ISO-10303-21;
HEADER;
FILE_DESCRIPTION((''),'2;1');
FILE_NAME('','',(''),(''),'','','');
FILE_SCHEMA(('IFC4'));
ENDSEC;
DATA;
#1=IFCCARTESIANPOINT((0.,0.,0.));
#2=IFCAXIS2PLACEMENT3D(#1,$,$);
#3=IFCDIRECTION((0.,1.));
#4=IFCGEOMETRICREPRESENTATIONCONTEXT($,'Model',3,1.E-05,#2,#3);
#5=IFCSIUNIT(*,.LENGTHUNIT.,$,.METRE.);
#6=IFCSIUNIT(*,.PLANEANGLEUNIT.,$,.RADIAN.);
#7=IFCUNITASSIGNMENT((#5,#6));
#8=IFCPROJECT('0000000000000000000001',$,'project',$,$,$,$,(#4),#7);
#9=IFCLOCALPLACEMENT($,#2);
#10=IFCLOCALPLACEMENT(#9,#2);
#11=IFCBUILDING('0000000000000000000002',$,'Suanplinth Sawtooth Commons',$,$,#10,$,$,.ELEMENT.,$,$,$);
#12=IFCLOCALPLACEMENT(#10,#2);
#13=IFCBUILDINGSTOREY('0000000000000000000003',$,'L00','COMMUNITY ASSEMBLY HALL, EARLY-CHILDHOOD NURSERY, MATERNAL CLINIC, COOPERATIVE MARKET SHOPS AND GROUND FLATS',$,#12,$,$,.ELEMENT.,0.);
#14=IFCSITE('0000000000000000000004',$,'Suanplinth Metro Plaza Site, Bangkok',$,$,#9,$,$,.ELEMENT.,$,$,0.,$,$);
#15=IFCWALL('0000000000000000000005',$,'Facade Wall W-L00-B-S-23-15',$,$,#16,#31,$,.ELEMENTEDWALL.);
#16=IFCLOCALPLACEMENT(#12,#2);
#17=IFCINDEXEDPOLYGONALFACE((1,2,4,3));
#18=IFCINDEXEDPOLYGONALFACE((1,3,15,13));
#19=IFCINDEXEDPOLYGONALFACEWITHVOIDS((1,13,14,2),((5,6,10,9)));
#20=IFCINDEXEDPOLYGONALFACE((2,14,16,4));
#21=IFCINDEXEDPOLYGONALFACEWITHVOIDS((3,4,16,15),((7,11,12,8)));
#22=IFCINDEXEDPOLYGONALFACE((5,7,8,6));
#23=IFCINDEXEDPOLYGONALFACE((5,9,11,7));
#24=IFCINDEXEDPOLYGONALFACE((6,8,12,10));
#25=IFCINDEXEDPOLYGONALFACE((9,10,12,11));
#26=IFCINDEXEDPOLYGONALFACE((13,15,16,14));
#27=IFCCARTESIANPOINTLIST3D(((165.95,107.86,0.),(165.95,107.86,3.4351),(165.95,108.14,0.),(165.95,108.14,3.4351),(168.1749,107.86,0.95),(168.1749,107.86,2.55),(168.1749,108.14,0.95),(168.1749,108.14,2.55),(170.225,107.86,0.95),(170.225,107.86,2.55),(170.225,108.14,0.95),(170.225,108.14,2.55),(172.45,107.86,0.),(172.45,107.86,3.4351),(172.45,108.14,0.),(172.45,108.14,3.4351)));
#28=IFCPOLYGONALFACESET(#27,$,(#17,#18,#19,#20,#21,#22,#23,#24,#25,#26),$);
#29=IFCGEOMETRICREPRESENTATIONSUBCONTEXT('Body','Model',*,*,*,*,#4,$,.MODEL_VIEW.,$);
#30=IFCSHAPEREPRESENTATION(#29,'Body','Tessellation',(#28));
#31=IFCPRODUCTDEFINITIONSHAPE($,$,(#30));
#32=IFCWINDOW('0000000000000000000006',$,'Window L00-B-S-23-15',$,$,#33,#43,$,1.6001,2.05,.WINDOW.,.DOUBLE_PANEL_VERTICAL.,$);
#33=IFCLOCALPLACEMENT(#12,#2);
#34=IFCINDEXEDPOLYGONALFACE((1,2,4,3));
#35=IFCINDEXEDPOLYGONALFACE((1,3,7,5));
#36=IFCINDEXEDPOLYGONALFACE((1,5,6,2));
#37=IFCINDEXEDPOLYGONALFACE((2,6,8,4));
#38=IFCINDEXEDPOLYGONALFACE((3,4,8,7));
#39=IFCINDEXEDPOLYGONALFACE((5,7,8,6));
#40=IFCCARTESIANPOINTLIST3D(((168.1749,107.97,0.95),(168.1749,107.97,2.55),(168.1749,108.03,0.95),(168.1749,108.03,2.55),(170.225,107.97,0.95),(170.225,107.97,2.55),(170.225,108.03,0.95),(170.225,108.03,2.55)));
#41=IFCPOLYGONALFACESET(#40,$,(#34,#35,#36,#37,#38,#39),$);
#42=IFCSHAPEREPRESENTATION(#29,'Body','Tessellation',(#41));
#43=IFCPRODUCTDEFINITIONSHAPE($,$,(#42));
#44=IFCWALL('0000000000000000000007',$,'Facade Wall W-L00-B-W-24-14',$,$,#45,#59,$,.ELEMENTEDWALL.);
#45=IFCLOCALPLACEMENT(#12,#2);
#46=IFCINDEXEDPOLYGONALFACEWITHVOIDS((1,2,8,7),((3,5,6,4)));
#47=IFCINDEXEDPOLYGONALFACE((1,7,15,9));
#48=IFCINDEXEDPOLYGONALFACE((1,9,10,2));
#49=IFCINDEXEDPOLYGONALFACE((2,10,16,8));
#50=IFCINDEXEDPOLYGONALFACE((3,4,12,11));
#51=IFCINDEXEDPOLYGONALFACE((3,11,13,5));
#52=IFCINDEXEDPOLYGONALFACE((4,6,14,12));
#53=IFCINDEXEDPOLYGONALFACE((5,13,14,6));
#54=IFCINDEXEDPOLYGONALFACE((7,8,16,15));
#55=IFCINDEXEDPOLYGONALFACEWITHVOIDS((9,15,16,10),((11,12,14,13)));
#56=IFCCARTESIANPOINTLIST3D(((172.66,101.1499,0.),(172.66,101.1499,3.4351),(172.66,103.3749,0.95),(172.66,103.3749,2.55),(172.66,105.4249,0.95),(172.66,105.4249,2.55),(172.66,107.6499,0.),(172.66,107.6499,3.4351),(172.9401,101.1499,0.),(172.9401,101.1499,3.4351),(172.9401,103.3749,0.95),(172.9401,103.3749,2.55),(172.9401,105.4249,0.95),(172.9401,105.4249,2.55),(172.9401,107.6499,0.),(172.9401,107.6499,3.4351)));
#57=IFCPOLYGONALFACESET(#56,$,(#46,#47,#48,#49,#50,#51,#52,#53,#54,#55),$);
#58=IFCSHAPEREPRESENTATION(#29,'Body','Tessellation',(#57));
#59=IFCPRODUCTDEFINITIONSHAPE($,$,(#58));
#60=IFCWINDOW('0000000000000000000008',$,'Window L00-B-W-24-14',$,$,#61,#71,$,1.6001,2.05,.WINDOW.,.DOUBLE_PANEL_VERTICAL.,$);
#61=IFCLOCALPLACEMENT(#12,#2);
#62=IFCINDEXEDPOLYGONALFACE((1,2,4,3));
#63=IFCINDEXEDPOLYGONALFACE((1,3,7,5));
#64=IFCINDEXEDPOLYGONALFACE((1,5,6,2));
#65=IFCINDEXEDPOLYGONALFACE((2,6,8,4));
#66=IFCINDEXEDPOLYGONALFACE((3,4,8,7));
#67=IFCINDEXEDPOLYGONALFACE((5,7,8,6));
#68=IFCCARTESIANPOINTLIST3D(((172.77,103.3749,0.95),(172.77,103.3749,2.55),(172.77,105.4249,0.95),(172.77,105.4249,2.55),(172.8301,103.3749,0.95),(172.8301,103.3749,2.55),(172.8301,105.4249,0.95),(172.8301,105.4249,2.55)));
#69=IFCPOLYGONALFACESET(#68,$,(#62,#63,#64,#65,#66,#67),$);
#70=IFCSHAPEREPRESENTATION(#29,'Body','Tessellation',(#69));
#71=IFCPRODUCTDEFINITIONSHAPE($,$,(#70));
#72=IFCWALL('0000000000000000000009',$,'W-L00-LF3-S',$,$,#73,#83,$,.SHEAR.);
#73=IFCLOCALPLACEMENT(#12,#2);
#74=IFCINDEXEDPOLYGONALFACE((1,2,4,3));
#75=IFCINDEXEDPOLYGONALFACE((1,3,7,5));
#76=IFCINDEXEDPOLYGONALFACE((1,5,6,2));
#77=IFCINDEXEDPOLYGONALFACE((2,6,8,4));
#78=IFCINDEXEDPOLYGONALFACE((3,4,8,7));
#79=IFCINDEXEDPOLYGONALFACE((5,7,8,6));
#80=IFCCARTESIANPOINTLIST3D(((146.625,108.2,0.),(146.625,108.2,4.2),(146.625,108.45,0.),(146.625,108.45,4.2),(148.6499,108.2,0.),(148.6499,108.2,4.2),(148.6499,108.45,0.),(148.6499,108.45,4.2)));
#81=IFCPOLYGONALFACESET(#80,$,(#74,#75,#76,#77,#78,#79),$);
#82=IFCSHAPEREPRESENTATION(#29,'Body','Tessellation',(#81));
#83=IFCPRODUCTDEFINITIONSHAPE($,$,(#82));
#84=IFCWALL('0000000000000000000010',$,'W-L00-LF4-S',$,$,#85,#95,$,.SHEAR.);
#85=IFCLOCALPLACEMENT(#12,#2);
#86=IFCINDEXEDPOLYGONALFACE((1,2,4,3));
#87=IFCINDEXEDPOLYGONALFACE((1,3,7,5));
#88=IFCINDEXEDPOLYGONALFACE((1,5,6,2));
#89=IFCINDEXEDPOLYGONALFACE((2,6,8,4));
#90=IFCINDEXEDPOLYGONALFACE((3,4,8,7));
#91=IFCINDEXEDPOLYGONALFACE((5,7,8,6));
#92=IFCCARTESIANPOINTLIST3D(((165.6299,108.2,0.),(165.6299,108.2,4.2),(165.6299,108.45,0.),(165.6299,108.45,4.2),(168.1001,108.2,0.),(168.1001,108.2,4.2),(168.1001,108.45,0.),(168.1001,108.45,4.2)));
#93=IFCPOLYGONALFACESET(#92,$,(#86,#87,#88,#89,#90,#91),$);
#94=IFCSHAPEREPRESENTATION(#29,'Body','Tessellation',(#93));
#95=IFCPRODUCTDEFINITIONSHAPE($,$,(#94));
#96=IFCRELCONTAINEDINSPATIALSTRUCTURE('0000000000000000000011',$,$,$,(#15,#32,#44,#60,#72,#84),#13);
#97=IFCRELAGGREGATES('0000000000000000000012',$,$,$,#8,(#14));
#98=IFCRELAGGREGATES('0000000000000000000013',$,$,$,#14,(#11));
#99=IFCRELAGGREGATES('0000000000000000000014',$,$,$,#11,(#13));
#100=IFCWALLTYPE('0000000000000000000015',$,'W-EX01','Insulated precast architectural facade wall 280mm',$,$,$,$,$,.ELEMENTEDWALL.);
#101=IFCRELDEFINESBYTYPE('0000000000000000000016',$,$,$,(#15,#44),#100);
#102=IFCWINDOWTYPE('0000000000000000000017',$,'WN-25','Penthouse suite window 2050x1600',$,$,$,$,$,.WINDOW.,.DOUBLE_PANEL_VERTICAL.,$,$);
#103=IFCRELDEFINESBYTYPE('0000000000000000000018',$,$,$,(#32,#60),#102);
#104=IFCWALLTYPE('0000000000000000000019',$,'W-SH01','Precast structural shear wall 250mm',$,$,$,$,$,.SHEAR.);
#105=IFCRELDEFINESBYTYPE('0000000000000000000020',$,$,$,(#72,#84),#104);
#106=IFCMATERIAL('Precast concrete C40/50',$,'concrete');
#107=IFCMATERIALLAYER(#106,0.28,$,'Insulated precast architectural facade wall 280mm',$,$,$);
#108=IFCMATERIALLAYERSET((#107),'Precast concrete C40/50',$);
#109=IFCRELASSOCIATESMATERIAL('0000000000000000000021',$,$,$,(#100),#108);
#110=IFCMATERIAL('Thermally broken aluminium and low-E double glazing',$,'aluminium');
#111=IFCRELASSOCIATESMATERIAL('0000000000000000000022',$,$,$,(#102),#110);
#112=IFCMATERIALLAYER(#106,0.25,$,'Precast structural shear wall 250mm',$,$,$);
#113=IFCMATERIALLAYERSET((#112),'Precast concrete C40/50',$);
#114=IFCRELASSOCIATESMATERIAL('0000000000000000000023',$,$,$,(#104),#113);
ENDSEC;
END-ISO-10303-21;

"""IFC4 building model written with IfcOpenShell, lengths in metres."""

from ifc_helpers import new_model, si_unit, direction, frame, frame_2d, origin, place, context, subcontext, project, spatial, rectangle, extrude, material, layer, layer_set, type_object, element, fill, save


model = new_model("IFC4")

# Units and contexts
model_context = context("Model", 3, precision=1e-05, world=origin(), true_north=direction((0.0, 1.0)))
body_context = subcontext(model_context, "Body", "Model", "MODEL_VIEW")
ifc_project = project(units=[si_unit("LENGTHUNIT", "METRE"), si_unit("PLANEANGLEUNIT", "RADIAN")], contexts=[model_context])

# Site, building, storey
site_placement = place(None, origin())
site = spatial("IfcSite", under=ifc_project, at=site_placement, Name="Suanplinth Metro Plaza Site, Bangkok", CompositionType="ELEMENT", RefElevation=0.0)
building_placement = place(site_placement, origin())
building = spatial("IfcBuilding", under=site, at=building_placement, Name="Suanplinth Sawtooth Commons", CompositionType="ELEMENT")
storey_placement = place(building_placement, origin())
storey = spatial("IfcBuildingStorey", under=building, at=storey_placement, Name="L00", Description="COMMUNITY ASSEMBLY HALL, EARLY-CHILDHOOD NURSERY, MATERNAL CLINIC, COOPERATIVE MARKET SHOPS AND GROUND FLATS", CompositionType="ELEMENT", Elevation=0.0)

# Shared definitions
ifc_material_1 = material(Name="Precast concrete C40/50", Category="concrete")
ifc_layer_1 = layer(ifc_material_1, 0.28, Name="Insulated precast architectural facade wall 280mm")
ifc_layer_set_1 = layer_set([ifc_layer_1], Name="Precast concrete C40/50")
wall_type_1 = type_object("IfcWallType", Name="W-EX01", Description="Insulated precast architectural facade wall 280mm", PredefinedType="ELEMENTEDWALL", material=ifc_layer_set_1)

# Walls, openings, windows
ifc_material_2 = material(Name="Thermally broken aluminium and low-E double glazing", Category="aluminium")
wall_1_placement = place(storey_placement, frame((165.95, 108.0, 0.0), z_axis=(0.0, 0.0, 1.0), x_axis=(1.0, 0.0, 0.0)))
wall_1 = element("IfcWall", 1, at=wall_1_placement, inside=storey, type_object=wall_type_1, Name="Facade Wall W-L00-B-S-23-15", PredefinedType="ELEMENTEDWALL", context=body_context, shape_type="SweptSolid", body=[
    extrude(rectangle(XDim=6.5, YDim=0.28, at=frame_2d((3.25, 0.0))), origin(), (0.0, 0.0, 1.0), 3.4351),
])
opening_1_placement = place(wall_1_placement, frame((2.2251, 0.0, 0.95)))
opening_1 = element("IfcOpeningElement", 2, at=opening_1_placement, cuts=wall_1, PredefinedType="OPENING", context=body_context, shape_type="SweptSolid", body=[
    extrude(rectangle(XDim=2.05, YDim=1.6001, at=frame_2d((1.0249, 0.8))), frame((0.0, 0.1548, 0.0), z_axis=(0.0, -1.0, 0.0), x_axis=(1.0, 0.0, 0.0)), (0.0, 0.0, 1.0), 0.3098),
])
window_type_1 = type_object("IfcWindowType", Name="WN-25", Description="Penthouse suite window 2050x1600", PartitioningType="DOUBLE_PANEL_VERTICAL", PredefinedType="WINDOW", material=ifc_material_2)
window_1_placement = place(opening_1_placement, origin())
window_1 = element("IfcWindow", 3, at=window_1_placement, inside=storey, type_object=window_type_1, Name="Window L00-B-S-23-15", OverallHeight=1.6001, OverallWidth=2.05, PartitioningType="DOUBLE_PANEL_VERTICAL", PredefinedType="WINDOW", context=body_context, shape_type="SweptSolid", body=[
    extrude(rectangle(XDim=2.05, YDim=1.6001, at=frame_2d((1.0249, 0.8))), frame((0.0, 0.03, 0.0), z_axis=(0.0, -1.0, 0.0), x_axis=(1.0, 0.0, 0.0)), (0.0, 0.0, 1.0), 0.0601),
])
fill(opening_1, window_1)
wall_2_placement = place(storey_placement, frame((172.8, 101.1499, 0.0), z_axis=(0.0, 0.0, 1.0), x_axis=(0.0, 1.0, 0.0)))
wall_2 = element("IfcWall", 4, at=wall_2_placement, inside=storey, type_object=wall_type_1, Name="Facade Wall W-L00-B-W-24-14", PredefinedType="ELEMENTEDWALL", context=body_context, shape_type="SweptSolid", body=[
    extrude(rectangle(XDim=6.5, YDim=0.28, at=frame_2d((3.25, 0.0))), origin(), (0.0, 0.0, 1.0), 3.4351),
])
opening_2_placement = place(wall_2_placement, frame((2.2251, 0.0, 0.95)))
opening_2 = element("IfcOpeningElement", 5, at=opening_2_placement, cuts=wall_2, PredefinedType="OPENING", context=body_context, shape_type="SweptSolid", body=[
    extrude(rectangle(XDim=2.05, YDim=1.6001, at=frame_2d((1.0249, 0.8))), frame((0.0, 0.1548, 0.0), z_axis=(0.0, -1.0, 0.0), x_axis=(1.0, 0.0, 0.0)), (0.0, 0.0, 1.0), 0.3098),
])
window_2_placement = place(opening_2_placement, origin())
window_2 = element("IfcWindow", 6, at=window_2_placement, inside=storey, type_object=window_type_1, Name="Window L00-B-W-24-14", OverallHeight=1.6001, OverallWidth=2.05, PartitioningType="DOUBLE_PANEL_VERTICAL", PredefinedType="WINDOW", context=body_context, shape_type="SweptSolid", body=[
    extrude(rectangle(XDim=2.05, YDim=1.6001, at=frame_2d((1.0249, 0.8))), frame((0.0, 0.03, 0.0), z_axis=(0.0, -1.0, 0.0), x_axis=(1.0, 0.0, 0.0)), (0.0, 0.0, 1.0), 0.0601),
])
fill(opening_2, window_2)

# Walls
ifc_layer_2 = layer(ifc_material_1, 0.25, Name="Precast structural shear wall 250mm")
ifc_layer_set_2 = layer_set([ifc_layer_2], Name="Precast concrete C40/50")
wall_type_2 = type_object("IfcWallType", Name="W-SH01", Description="Precast structural shear wall 250mm", PredefinedType="SHEAR", material=ifc_layer_set_2)
wall_3_placement = place(storey_placement, frame((146.625, 108.325, 0.0), z_axis=(0.0, 0.0, 1.0), x_axis=(1.0, 0.0, 0.0)))
element("IfcWall", 7, at=wall_3_placement, inside=storey, type_object=wall_type_2, Name="W-L00-LF3-S", PredefinedType="SHEAR", context=body_context, shape_type="SweptSolid", body=[
    extrude(rectangle(XDim=2.0249, YDim=0.25, at=frame_2d((1.0125, 0.0))), origin(), (0.0, 0.0, 1.0), 4.2),
])
wall_4_placement = place(storey_placement, frame((165.6299, 108.325, 0.0), z_axis=(0.0, 0.0, 1.0), x_axis=(1.0, 0.0, 0.0)))
element("IfcWall", 8, at=wall_4_placement, inside=storey, type_object=wall_type_2, Name="W-L00-LF4-S", PredefinedType="SHEAR", context=body_context, shape_type="SweptSolid", body=[
    extrude(rectangle(XDim=2.4702, YDim=0.25, at=frame_2d((1.2351, 0.0))), origin(), (0.0, 0.0, 1.0), 4.2),
])

save(model, "model.ifc")
